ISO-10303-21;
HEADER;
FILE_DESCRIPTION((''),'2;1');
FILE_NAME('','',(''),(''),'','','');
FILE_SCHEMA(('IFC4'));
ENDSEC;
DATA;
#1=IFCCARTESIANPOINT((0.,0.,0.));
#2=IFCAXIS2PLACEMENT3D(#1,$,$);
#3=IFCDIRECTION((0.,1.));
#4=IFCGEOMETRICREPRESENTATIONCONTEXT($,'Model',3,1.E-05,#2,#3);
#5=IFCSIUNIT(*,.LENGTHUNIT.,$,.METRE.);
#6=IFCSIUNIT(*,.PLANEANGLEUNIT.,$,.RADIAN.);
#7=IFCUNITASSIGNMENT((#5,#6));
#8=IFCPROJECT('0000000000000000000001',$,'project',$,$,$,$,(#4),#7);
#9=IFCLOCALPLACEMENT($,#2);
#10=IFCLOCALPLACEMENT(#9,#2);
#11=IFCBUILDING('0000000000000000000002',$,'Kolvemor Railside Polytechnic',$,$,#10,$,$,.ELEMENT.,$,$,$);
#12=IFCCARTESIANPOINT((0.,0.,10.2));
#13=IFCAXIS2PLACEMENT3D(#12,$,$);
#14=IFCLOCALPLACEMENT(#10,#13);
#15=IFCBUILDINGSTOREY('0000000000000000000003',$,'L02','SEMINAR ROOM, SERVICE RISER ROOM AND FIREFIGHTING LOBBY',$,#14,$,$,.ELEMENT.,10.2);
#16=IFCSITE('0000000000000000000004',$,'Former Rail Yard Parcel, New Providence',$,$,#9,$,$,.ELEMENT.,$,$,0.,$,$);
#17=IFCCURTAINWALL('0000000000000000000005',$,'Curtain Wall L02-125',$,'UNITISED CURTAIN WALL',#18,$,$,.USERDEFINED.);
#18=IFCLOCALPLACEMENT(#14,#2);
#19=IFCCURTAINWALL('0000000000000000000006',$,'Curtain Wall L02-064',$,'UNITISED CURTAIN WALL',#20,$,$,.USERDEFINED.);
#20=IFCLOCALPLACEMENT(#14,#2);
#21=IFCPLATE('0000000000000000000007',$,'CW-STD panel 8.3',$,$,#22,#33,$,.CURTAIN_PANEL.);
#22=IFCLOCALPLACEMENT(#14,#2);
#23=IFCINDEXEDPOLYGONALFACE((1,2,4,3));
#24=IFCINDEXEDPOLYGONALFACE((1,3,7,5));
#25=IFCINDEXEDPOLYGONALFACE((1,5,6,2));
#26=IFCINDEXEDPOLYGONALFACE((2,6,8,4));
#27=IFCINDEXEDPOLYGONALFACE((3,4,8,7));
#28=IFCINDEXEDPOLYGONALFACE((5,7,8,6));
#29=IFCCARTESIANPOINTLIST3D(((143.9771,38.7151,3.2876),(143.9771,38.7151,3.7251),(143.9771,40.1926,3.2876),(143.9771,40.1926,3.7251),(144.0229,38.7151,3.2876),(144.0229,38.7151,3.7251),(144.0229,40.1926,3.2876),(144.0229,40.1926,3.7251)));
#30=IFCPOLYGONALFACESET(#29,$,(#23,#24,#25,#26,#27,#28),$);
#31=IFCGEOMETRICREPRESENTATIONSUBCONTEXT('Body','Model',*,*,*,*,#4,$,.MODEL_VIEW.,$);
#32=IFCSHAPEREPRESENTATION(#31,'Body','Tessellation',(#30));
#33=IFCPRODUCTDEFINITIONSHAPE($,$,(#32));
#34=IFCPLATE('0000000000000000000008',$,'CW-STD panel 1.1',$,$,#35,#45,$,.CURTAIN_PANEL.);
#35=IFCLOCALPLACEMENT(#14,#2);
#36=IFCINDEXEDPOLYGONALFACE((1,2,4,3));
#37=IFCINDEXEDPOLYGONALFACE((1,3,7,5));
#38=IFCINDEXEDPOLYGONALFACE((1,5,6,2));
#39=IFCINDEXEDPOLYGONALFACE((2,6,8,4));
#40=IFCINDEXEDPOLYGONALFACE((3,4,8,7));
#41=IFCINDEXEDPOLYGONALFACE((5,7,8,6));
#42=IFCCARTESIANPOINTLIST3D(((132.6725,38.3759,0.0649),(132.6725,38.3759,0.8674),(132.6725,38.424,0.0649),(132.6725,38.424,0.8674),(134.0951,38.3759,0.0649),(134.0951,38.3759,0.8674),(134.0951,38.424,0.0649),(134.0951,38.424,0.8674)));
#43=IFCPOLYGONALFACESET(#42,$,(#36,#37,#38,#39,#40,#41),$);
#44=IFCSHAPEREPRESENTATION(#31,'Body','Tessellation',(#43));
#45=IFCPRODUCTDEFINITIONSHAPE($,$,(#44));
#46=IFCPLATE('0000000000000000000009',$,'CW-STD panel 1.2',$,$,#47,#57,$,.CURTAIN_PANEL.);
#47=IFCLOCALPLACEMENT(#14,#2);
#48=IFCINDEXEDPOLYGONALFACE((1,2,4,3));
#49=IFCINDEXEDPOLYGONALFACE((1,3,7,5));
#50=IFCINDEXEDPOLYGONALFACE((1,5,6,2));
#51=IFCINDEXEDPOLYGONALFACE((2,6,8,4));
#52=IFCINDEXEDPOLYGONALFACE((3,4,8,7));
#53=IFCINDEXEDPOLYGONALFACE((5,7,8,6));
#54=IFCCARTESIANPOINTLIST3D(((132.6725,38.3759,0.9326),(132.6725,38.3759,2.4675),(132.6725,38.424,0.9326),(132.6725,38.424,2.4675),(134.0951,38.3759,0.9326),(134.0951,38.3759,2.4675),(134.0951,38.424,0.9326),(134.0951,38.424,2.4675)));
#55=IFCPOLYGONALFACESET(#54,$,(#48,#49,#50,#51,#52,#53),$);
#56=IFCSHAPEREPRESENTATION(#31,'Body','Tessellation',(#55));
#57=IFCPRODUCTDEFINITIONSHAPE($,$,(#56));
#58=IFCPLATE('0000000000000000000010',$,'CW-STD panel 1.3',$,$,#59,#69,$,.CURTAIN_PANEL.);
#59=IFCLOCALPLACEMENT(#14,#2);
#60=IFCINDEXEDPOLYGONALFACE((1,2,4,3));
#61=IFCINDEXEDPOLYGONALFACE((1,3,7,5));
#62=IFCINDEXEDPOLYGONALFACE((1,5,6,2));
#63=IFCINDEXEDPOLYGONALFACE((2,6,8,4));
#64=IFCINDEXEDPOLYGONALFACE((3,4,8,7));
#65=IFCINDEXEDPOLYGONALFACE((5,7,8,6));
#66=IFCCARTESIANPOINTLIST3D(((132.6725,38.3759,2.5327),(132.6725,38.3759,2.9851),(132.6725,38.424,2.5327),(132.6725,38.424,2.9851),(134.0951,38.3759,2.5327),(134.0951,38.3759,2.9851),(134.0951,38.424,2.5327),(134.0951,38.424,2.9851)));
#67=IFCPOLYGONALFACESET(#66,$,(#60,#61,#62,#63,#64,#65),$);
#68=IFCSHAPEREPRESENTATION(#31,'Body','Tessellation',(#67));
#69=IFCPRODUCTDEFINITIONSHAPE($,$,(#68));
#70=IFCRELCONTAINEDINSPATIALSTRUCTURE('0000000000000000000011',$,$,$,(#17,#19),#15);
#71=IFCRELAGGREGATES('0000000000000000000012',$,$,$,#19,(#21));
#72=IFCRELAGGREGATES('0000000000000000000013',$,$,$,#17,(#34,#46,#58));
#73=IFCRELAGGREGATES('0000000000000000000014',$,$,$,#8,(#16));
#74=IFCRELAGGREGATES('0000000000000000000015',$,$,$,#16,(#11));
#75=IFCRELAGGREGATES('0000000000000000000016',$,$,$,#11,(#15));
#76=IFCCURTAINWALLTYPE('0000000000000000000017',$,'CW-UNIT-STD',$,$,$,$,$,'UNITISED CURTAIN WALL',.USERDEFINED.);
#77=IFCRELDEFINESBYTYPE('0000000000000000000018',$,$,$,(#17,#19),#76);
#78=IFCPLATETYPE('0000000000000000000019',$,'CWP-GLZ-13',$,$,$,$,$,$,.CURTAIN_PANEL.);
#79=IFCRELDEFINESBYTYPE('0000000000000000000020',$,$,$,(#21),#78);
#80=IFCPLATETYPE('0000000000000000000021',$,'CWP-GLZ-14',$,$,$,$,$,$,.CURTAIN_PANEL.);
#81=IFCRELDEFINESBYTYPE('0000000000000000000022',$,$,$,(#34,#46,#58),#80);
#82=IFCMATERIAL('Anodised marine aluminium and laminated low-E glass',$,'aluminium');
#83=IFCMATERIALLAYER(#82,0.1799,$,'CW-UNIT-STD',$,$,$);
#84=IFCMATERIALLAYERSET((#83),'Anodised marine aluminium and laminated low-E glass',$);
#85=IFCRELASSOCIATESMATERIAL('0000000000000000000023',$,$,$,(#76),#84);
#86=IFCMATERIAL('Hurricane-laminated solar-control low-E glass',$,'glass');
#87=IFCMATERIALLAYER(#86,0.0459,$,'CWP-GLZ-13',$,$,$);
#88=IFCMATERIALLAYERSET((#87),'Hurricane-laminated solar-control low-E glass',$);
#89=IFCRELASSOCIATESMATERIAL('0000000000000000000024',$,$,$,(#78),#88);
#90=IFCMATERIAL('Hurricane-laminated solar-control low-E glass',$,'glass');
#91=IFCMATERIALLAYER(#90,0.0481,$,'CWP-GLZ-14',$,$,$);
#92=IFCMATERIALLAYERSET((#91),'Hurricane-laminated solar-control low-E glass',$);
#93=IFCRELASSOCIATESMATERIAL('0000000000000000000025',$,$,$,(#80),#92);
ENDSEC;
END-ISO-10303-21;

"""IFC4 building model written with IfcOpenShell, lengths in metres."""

from ifc_helpers import new_model, si_unit, direction, frame, origin, origin_2d, place, context, subcontext, project, spatial, rectangle, extrude, material, layer, layer_set, type_object, element, aggregate, save


model = new_model("IFC4")

# Units and contexts
model_context = context("Model", 3, precision=1e-05, world=origin(), true_north=direction((0.0, 1.0)))
body_context = subcontext(model_context, "Body", "Model", "MODEL_VIEW")
ifc_project = project(units=[si_unit("LENGTHUNIT", "METRE"), si_unit("PLANEANGLEUNIT", "RADIAN")], contexts=[model_context])

# Site, building, storey
site_placement = place(None, origin())
site = spatial("IfcSite", under=ifc_project, at=site_placement, Name="Former Rail Yard Parcel, New Providence", CompositionType="ELEMENT", RefElevation=0.0)
building_placement = place(site_placement, origin())
building = spatial("IfcBuilding", under=site, at=building_placement, Name="Kolvemor Railside Polytechnic", CompositionType="ELEMENT")
storey_placement = place(building_placement, frame((0.0, 0.0, 10.2)))
storey = spatial("IfcBuildingStorey", under=building, at=storey_placement, Name="L02", Description="SEMINAR ROOM, SERVICE RISER ROOM AND FIREFIGHTING LOBBY", CompositionType="ELEMENT", Elevation=10.2)

# Curtain wall
ifc_material_1 = material(Name="Anodised marine aluminium and laminated low-E glass", Category="aluminium")
ifc_layer_1 = layer(ifc_material_1, 0.1799, Name="CW-UNIT-STD")
ifc_layer_set_1 = layer_set([ifc_layer_1], Name="Anodised marine aluminium and laminated low-E glass")
curtain_wall_type = type_object("IfcCurtainWallType", Name="CW-UNIT-STD", ElementType="UNITISED CURTAIN WALL", PredefinedType="USERDEFINED", material=ifc_layer_set_1)
curtain_wall_1_placement = place(storey_placement, origin())
curtain_wall_1 = element("IfcCurtainWall", 1, at=curtain_wall_1_placement, inside=storey, type_object=curtain_wall_type, Name="Curtain Wall L02-125", ObjectType="UNITISED CURTAIN WALL", PredefinedType="USERDEFINED")

# Curtain wall
curtain_wall_2_placement = place(storey_placement, origin())
curtain_wall_2 = element("IfcCurtainWall", 2, at=curtain_wall_2_placement, inside=storey, type_object=curtain_wall_type, Name="Curtain Wall L02-064", ObjectType="UNITISED CURTAIN WALL", PredefinedType="USERDEFINED")

# Plates
ifc_material_2 = material(Name="Hurricane-laminated solar-control low-E glass", Category="glass")
ifc_layer_2 = layer(ifc_material_2, 0.0459, Name="CWP-GLZ-13")
ifc_layer_set_2 = layer_set([ifc_layer_2], Name="Hurricane-laminated solar-control low-E glass")
plate_type_1 = type_object("IfcPlateType", Name="CWP-GLZ-13", PredefinedType="CURTAIN_PANEL", material=ifc_layer_set_2)
plate_1_placement = place(storey_placement, frame((144.0, 39.4539, 3.2876), z_axis=(0.0, 0.0, 1.0), x_axis=(0.0, -1.0, 0.0)))
plate_1 = element("IfcPlate", 3, at=plate_1_placement, type_object=plate_type_1, Name="CW-STD panel 8.3", PredefinedType="CURTAIN_PANEL", context=body_context, shape_type="SweptSolid", body=[
    extrude(rectangle(XDim=1.4775, YDim=0.0459, at=origin_2d()), origin(), (0.0, 0.0, 1.0), 0.4375),
])
aggregate(curtain_wall_2, [plate_1])
ifc_material_3 = material(Name="Hurricane-laminated solar-control low-E glass", Category="glass")
ifc_layer_3 = layer(ifc_material_3, 0.0481, Name="CWP-GLZ-14")
ifc_layer_set_3 = layer_set([ifc_layer_3], Name="Hurricane-laminated solar-control low-E glass")
plate_type_2 = type_object("IfcPlateType", Name="CWP-GLZ-14", PredefinedType="CURTAIN_PANEL", material=ifc_layer_set_3)
plate_2_placement = place(storey_placement, frame((133.3838, 38.3999, 0.0649), z_axis=(0.0, 0.0, 1.0), x_axis=(-1.0, 0.0, 0.0)))
plate_2 = element("IfcPlate", 4, at=plate_2_placement, type_object=plate_type_2, Name="CW-STD panel 1.1", PredefinedType="CURTAIN_PANEL", context=body_context, shape_type="SweptSolid", body=[
    extrude(rectangle(XDim=1.4226, YDim=0.0481, at=origin_2d()), origin(), (0.0, 0.0, 1.0), 0.8025),
])
plate_3_placement = place(storey_placement, frame((133.3838, 38.3999, 0.9326), z_axis=(0.0, 0.0, 1.0), x_axis=(-1.0, 0.0, 0.0)))
plate_3 = element("IfcPlate", 5, at=plate_3_placement, type_object=plate_type_2, Name="CW-STD panel 1.2", PredefinedType="CURTAIN_PANEL", context=body_context, shape_type="SweptSolid", body=[
    extrude(rectangle(XDim=1.4226, YDim=0.0481, at=origin_2d()), origin(), (0.0, 0.0, 1.0), 1.5349),
])
plate_4_placement = place(storey_placement, frame((133.3838, 38.3999, 2.5327), z_axis=(0.0, 0.0, 1.0), x_axis=(-1.0, 0.0, 0.0)))
plate_4 = element("IfcPlate", 6, at=plate_4_placement, type_object=plate_type_2, Name="CW-STD panel 1.3", PredefinedType="CURTAIN_PANEL", context=body_context, shape_type="SweptSolid", body=[
    extrude(rectangle(XDim=1.4226, YDim=0.0481, at=origin_2d()), origin(), (0.0, 0.0, 1.0), 0.4524),
])
aggregate(curtain_wall_1, [plate_2, plate_3, plate_4])

save(model, "model.ifc")
